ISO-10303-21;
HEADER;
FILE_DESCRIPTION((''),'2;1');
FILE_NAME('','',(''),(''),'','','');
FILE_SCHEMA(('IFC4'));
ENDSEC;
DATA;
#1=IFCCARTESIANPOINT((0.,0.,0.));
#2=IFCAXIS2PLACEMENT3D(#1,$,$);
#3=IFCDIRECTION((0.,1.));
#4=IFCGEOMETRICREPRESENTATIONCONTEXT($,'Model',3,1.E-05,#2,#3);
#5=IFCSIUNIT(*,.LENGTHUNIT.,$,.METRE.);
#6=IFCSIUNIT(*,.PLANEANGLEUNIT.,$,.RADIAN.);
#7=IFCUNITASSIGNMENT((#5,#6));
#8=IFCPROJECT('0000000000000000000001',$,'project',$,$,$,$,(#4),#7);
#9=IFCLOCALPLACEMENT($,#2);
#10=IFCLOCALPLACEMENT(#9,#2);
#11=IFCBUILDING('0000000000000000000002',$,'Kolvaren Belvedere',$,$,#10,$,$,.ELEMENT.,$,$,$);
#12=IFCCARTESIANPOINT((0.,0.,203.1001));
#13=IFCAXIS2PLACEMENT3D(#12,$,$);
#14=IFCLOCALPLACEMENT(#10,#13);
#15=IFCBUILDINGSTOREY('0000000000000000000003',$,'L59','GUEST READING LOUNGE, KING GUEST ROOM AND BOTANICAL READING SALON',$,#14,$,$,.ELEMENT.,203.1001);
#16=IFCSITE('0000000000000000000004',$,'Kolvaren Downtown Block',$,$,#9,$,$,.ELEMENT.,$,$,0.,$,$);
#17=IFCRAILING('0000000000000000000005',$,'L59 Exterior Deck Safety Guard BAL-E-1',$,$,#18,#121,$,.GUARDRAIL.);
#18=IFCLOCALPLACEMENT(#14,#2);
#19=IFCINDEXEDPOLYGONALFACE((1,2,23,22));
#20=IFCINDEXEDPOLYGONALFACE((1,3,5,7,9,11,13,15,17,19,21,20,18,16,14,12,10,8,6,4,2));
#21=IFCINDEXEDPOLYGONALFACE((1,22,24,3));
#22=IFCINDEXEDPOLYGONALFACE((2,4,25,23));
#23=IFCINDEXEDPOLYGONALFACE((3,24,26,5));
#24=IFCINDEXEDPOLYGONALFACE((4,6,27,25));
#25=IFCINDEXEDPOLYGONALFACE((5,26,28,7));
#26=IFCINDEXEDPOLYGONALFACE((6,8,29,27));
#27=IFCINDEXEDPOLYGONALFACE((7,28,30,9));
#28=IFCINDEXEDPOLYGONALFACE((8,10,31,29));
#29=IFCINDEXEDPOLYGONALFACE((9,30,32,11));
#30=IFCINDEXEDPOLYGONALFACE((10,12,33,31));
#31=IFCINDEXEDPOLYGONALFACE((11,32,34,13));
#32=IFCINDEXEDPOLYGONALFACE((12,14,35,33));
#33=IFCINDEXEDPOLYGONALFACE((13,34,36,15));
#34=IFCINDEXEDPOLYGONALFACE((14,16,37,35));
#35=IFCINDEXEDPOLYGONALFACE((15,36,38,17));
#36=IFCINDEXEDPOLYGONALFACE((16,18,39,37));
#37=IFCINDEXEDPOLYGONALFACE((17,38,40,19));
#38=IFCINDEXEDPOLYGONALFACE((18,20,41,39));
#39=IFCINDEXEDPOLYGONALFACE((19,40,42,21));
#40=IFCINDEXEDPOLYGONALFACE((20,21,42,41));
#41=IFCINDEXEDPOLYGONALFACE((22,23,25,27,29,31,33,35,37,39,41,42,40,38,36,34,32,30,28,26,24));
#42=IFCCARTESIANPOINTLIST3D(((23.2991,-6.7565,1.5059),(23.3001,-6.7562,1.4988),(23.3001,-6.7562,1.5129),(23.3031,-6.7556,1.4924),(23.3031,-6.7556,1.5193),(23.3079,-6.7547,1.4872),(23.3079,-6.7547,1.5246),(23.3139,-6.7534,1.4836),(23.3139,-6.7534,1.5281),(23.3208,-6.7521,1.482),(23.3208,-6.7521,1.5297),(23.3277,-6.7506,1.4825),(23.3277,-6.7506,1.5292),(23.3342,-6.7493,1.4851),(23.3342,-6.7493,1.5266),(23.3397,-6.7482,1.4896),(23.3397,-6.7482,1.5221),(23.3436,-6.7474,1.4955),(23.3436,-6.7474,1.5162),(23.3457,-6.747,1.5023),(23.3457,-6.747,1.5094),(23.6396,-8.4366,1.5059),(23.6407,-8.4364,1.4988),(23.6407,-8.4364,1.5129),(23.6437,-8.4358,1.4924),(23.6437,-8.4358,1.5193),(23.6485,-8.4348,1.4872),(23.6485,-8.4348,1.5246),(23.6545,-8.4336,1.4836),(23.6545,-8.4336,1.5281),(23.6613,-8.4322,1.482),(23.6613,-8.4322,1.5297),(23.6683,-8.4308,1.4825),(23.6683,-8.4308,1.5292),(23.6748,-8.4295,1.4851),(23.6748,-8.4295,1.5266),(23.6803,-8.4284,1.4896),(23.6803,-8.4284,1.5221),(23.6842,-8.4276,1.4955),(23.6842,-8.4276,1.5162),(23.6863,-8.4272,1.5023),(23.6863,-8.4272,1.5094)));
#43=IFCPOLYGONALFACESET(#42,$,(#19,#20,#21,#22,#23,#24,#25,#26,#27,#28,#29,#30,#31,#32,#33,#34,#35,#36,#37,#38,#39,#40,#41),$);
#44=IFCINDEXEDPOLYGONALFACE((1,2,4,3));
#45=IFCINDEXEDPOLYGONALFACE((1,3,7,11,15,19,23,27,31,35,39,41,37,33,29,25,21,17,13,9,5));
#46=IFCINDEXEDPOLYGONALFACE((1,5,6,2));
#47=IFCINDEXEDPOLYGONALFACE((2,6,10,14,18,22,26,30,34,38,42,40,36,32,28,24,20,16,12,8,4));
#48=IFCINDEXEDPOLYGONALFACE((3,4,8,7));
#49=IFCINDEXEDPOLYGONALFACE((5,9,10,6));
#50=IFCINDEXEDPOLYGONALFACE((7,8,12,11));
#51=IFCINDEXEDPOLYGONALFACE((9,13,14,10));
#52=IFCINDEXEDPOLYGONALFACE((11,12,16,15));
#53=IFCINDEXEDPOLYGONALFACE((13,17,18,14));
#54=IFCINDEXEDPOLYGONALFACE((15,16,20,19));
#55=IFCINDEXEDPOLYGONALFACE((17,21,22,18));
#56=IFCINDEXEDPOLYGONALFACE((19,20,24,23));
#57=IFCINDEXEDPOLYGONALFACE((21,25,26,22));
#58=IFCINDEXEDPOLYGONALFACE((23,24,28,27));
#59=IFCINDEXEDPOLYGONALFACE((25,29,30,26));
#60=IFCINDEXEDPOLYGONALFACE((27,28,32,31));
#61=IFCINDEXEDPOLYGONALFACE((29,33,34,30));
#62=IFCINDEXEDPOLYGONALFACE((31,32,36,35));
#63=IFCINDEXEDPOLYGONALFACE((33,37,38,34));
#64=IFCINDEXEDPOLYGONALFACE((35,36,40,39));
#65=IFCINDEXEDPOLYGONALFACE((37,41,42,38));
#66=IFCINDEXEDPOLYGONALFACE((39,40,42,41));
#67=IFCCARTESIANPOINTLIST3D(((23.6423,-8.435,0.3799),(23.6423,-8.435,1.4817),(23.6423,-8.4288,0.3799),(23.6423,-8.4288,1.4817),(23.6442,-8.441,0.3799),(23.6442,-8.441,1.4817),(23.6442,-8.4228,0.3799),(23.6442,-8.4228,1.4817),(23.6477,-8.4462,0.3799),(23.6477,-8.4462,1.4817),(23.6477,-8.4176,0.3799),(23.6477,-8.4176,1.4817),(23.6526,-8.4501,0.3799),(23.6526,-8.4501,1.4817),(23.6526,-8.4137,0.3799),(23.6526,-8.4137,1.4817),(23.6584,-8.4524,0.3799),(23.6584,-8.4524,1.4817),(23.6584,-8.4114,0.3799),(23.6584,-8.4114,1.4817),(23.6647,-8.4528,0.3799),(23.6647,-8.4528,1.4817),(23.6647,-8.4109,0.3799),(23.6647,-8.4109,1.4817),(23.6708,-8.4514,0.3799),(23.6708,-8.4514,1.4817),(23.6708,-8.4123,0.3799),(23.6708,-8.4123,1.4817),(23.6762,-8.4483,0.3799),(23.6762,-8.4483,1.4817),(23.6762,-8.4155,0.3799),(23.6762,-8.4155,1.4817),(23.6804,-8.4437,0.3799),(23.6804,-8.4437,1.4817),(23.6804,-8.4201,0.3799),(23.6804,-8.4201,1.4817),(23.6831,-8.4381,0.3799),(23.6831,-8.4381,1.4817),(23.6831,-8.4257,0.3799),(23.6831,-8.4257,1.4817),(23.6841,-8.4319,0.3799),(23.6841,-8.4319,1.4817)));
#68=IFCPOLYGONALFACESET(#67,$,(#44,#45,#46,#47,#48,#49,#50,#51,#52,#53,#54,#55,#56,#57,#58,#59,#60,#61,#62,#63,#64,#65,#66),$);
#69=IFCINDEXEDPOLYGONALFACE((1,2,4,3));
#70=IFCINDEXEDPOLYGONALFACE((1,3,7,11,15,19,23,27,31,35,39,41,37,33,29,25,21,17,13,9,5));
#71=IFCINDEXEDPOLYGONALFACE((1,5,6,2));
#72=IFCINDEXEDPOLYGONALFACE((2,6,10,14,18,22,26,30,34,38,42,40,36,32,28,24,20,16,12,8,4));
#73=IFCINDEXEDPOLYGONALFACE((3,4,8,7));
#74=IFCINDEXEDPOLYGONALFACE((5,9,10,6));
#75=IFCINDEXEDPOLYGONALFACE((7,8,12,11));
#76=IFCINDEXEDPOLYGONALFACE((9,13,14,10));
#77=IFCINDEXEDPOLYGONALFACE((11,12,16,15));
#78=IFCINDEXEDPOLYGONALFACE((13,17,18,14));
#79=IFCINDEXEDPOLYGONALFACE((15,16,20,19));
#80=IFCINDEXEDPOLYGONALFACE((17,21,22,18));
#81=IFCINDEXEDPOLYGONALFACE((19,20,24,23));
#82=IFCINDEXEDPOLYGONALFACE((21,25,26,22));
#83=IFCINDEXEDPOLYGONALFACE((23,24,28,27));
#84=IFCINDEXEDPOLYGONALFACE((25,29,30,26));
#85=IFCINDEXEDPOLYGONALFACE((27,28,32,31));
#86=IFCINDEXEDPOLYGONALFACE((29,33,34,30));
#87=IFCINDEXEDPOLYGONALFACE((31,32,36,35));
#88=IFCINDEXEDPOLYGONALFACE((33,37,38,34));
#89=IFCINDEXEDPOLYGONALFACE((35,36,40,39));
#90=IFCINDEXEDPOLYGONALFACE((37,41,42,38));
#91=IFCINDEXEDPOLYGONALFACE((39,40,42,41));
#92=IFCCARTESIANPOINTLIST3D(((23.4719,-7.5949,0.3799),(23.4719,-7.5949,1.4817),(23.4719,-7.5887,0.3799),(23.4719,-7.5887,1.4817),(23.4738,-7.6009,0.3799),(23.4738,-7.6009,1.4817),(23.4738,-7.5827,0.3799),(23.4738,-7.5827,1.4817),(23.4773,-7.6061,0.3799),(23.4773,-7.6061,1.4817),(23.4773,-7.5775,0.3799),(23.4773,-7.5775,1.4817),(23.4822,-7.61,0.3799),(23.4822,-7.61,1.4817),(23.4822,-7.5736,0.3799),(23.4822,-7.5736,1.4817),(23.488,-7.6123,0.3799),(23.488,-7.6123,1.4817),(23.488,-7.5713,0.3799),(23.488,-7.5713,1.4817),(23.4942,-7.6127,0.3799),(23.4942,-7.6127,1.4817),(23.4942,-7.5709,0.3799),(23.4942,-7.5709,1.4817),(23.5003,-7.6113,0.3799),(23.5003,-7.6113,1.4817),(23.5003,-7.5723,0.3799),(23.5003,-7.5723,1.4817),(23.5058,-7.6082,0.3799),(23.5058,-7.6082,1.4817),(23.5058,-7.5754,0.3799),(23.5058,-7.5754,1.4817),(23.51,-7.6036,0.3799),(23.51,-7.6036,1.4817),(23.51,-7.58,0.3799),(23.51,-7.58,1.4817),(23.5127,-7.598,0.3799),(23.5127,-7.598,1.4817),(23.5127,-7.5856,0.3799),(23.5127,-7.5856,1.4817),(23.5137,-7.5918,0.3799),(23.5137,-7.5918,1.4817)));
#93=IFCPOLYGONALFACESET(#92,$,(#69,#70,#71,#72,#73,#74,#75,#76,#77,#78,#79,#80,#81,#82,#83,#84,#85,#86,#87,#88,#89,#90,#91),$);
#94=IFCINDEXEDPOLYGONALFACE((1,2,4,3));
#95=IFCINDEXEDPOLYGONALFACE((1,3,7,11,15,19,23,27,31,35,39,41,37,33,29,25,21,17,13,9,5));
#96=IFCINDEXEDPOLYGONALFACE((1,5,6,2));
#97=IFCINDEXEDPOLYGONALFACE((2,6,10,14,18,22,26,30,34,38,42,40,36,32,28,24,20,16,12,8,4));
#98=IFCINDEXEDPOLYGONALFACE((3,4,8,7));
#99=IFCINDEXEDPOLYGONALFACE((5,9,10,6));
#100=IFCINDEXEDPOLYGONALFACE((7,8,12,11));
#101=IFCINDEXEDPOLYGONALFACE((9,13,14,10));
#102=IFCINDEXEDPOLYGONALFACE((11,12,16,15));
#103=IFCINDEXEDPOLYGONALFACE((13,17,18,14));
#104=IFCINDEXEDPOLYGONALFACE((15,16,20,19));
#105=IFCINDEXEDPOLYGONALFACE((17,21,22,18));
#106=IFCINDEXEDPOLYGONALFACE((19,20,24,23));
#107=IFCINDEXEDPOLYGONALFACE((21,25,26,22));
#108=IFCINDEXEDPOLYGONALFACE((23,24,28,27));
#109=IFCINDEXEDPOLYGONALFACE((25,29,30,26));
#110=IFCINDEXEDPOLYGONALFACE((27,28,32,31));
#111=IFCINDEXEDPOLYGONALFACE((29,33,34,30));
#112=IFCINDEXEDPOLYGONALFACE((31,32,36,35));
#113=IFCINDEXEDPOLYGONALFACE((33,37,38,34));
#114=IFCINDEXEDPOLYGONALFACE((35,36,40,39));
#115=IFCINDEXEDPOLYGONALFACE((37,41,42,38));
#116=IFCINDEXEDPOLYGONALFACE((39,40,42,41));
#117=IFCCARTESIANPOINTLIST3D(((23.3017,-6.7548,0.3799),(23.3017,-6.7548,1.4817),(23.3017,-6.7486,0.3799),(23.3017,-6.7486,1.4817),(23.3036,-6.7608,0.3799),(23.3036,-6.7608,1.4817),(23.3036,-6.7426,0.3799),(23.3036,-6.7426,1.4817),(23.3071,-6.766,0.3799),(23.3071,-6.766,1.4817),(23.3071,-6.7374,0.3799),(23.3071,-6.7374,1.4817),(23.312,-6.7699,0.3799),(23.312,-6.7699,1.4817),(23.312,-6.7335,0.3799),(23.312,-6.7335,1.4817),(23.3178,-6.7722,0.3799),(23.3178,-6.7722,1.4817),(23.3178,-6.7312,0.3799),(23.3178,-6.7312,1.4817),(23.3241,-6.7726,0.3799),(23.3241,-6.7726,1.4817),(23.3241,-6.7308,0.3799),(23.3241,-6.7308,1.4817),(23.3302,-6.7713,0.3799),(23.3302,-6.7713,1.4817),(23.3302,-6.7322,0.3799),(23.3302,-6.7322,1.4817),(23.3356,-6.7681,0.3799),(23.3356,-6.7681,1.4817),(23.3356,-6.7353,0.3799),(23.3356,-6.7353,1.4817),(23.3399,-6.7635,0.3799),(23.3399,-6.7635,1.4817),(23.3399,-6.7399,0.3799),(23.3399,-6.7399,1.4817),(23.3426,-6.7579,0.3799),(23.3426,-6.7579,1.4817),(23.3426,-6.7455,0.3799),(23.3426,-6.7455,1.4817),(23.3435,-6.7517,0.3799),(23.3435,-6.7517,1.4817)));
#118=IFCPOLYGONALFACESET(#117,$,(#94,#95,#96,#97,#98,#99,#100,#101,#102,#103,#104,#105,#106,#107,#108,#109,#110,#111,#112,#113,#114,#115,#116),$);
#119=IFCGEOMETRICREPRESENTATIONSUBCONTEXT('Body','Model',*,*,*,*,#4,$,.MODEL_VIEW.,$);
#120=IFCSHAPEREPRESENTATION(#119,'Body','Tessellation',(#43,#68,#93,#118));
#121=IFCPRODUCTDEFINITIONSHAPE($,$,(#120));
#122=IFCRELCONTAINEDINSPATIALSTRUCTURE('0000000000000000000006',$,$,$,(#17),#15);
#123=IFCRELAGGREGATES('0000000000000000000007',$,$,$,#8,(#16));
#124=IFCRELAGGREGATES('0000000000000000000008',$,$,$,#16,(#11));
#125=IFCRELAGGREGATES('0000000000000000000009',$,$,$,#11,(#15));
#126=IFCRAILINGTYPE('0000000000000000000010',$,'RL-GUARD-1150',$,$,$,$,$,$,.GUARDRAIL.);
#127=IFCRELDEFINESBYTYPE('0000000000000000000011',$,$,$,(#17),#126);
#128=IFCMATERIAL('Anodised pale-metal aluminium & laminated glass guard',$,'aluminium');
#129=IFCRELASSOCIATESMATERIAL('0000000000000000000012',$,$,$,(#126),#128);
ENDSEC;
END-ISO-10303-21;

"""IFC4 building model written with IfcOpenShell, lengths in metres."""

from ifc_helpers import new_model, si_unit, direction, frame, origin, origin_2d, place, context, subcontext, project, spatial, circle, extrude, material, type_object, element, save


model = new_model("IFC4")

# Units and contexts
model_context = context("Model", 3, precision=1e-05, world=origin(), true_north=direction((0.0, 1.0)))
body_context = subcontext(model_context, "Body", "Model", "MODEL_VIEW")
ifc_project = project(units=[si_unit("LENGTHUNIT", "METRE"), si_unit("PLANEANGLEUNIT", "RADIAN")], contexts=[model_context])

# Site, building, storey
site_placement = place(None, origin())
site = spatial("IfcSite", under=ifc_project, at=site_placement, Name="Kolvaren Downtown Block", CompositionType="ELEMENT", RefElevation=0.0)
building_placement = place(site_placement, origin())
building = spatial("IfcBuilding", under=site, at=building_placement, Name="Kolvaren Belvedere", CompositionType="ELEMENT")
storey_placement = place(building_placement, frame((0.0, 0.0, 203.1001)))
storey = spatial("IfcBuildingStorey", under=building, at=storey_placement, Name="L59", Description="GUEST READING LOUNGE, KING GUEST ROOM AND BOTANICAL READING SALON", CompositionType="ELEMENT", Elevation=203.1001)

# Railing
ifc_material_1 = material(Name="Anodised pale-metal aluminium & laminated glass guard", Category="aluminium")
railing_type = type_object("IfcRailingType", Name="RL-GUARD-1150", PredefinedType="GUARDRAIL", material=ifc_material_1)
railing_1_placement = place(storey_placement, frame((23.6631, -8.4319, 0.3799)))
element("IfcRailing", 1, at=railing_1_placement, inside=storey, type_object=railing_type, Name="L59 Exterior Deck Safety Guard BAL-E-1", PredefinedType="GUARDRAIL", context=body_context, shape_type="SweptSolid", body=[
    extrude(circle(Radius=0.0239, at=origin_2d()), frame((0.0, 0.0, 1.126), z_axis=(-0.198662, 0.980068, 0.0), x_axis=(-0.980068, -0.198662, 0.0)), (0.0, 0.0, 1.0), 1.7144),
    extrude(circle(Radius=0.021, at=origin_2d()), origin(), (0.0, 0.0, 1.0), 1.1018),
    extrude(circle(Radius=0.021, at=origin_2d()), frame((-0.1704, 0.8401, 0.0)), (0.0, 0.0, 1.0), 1.1018),
    extrude(circle(Radius=0.021, at=origin_2d()), frame((-0.3406, 1.6802, 0.0)), (0.0, 0.0, 1.0), 1.1018),
])

save(model, "model.ifc")
